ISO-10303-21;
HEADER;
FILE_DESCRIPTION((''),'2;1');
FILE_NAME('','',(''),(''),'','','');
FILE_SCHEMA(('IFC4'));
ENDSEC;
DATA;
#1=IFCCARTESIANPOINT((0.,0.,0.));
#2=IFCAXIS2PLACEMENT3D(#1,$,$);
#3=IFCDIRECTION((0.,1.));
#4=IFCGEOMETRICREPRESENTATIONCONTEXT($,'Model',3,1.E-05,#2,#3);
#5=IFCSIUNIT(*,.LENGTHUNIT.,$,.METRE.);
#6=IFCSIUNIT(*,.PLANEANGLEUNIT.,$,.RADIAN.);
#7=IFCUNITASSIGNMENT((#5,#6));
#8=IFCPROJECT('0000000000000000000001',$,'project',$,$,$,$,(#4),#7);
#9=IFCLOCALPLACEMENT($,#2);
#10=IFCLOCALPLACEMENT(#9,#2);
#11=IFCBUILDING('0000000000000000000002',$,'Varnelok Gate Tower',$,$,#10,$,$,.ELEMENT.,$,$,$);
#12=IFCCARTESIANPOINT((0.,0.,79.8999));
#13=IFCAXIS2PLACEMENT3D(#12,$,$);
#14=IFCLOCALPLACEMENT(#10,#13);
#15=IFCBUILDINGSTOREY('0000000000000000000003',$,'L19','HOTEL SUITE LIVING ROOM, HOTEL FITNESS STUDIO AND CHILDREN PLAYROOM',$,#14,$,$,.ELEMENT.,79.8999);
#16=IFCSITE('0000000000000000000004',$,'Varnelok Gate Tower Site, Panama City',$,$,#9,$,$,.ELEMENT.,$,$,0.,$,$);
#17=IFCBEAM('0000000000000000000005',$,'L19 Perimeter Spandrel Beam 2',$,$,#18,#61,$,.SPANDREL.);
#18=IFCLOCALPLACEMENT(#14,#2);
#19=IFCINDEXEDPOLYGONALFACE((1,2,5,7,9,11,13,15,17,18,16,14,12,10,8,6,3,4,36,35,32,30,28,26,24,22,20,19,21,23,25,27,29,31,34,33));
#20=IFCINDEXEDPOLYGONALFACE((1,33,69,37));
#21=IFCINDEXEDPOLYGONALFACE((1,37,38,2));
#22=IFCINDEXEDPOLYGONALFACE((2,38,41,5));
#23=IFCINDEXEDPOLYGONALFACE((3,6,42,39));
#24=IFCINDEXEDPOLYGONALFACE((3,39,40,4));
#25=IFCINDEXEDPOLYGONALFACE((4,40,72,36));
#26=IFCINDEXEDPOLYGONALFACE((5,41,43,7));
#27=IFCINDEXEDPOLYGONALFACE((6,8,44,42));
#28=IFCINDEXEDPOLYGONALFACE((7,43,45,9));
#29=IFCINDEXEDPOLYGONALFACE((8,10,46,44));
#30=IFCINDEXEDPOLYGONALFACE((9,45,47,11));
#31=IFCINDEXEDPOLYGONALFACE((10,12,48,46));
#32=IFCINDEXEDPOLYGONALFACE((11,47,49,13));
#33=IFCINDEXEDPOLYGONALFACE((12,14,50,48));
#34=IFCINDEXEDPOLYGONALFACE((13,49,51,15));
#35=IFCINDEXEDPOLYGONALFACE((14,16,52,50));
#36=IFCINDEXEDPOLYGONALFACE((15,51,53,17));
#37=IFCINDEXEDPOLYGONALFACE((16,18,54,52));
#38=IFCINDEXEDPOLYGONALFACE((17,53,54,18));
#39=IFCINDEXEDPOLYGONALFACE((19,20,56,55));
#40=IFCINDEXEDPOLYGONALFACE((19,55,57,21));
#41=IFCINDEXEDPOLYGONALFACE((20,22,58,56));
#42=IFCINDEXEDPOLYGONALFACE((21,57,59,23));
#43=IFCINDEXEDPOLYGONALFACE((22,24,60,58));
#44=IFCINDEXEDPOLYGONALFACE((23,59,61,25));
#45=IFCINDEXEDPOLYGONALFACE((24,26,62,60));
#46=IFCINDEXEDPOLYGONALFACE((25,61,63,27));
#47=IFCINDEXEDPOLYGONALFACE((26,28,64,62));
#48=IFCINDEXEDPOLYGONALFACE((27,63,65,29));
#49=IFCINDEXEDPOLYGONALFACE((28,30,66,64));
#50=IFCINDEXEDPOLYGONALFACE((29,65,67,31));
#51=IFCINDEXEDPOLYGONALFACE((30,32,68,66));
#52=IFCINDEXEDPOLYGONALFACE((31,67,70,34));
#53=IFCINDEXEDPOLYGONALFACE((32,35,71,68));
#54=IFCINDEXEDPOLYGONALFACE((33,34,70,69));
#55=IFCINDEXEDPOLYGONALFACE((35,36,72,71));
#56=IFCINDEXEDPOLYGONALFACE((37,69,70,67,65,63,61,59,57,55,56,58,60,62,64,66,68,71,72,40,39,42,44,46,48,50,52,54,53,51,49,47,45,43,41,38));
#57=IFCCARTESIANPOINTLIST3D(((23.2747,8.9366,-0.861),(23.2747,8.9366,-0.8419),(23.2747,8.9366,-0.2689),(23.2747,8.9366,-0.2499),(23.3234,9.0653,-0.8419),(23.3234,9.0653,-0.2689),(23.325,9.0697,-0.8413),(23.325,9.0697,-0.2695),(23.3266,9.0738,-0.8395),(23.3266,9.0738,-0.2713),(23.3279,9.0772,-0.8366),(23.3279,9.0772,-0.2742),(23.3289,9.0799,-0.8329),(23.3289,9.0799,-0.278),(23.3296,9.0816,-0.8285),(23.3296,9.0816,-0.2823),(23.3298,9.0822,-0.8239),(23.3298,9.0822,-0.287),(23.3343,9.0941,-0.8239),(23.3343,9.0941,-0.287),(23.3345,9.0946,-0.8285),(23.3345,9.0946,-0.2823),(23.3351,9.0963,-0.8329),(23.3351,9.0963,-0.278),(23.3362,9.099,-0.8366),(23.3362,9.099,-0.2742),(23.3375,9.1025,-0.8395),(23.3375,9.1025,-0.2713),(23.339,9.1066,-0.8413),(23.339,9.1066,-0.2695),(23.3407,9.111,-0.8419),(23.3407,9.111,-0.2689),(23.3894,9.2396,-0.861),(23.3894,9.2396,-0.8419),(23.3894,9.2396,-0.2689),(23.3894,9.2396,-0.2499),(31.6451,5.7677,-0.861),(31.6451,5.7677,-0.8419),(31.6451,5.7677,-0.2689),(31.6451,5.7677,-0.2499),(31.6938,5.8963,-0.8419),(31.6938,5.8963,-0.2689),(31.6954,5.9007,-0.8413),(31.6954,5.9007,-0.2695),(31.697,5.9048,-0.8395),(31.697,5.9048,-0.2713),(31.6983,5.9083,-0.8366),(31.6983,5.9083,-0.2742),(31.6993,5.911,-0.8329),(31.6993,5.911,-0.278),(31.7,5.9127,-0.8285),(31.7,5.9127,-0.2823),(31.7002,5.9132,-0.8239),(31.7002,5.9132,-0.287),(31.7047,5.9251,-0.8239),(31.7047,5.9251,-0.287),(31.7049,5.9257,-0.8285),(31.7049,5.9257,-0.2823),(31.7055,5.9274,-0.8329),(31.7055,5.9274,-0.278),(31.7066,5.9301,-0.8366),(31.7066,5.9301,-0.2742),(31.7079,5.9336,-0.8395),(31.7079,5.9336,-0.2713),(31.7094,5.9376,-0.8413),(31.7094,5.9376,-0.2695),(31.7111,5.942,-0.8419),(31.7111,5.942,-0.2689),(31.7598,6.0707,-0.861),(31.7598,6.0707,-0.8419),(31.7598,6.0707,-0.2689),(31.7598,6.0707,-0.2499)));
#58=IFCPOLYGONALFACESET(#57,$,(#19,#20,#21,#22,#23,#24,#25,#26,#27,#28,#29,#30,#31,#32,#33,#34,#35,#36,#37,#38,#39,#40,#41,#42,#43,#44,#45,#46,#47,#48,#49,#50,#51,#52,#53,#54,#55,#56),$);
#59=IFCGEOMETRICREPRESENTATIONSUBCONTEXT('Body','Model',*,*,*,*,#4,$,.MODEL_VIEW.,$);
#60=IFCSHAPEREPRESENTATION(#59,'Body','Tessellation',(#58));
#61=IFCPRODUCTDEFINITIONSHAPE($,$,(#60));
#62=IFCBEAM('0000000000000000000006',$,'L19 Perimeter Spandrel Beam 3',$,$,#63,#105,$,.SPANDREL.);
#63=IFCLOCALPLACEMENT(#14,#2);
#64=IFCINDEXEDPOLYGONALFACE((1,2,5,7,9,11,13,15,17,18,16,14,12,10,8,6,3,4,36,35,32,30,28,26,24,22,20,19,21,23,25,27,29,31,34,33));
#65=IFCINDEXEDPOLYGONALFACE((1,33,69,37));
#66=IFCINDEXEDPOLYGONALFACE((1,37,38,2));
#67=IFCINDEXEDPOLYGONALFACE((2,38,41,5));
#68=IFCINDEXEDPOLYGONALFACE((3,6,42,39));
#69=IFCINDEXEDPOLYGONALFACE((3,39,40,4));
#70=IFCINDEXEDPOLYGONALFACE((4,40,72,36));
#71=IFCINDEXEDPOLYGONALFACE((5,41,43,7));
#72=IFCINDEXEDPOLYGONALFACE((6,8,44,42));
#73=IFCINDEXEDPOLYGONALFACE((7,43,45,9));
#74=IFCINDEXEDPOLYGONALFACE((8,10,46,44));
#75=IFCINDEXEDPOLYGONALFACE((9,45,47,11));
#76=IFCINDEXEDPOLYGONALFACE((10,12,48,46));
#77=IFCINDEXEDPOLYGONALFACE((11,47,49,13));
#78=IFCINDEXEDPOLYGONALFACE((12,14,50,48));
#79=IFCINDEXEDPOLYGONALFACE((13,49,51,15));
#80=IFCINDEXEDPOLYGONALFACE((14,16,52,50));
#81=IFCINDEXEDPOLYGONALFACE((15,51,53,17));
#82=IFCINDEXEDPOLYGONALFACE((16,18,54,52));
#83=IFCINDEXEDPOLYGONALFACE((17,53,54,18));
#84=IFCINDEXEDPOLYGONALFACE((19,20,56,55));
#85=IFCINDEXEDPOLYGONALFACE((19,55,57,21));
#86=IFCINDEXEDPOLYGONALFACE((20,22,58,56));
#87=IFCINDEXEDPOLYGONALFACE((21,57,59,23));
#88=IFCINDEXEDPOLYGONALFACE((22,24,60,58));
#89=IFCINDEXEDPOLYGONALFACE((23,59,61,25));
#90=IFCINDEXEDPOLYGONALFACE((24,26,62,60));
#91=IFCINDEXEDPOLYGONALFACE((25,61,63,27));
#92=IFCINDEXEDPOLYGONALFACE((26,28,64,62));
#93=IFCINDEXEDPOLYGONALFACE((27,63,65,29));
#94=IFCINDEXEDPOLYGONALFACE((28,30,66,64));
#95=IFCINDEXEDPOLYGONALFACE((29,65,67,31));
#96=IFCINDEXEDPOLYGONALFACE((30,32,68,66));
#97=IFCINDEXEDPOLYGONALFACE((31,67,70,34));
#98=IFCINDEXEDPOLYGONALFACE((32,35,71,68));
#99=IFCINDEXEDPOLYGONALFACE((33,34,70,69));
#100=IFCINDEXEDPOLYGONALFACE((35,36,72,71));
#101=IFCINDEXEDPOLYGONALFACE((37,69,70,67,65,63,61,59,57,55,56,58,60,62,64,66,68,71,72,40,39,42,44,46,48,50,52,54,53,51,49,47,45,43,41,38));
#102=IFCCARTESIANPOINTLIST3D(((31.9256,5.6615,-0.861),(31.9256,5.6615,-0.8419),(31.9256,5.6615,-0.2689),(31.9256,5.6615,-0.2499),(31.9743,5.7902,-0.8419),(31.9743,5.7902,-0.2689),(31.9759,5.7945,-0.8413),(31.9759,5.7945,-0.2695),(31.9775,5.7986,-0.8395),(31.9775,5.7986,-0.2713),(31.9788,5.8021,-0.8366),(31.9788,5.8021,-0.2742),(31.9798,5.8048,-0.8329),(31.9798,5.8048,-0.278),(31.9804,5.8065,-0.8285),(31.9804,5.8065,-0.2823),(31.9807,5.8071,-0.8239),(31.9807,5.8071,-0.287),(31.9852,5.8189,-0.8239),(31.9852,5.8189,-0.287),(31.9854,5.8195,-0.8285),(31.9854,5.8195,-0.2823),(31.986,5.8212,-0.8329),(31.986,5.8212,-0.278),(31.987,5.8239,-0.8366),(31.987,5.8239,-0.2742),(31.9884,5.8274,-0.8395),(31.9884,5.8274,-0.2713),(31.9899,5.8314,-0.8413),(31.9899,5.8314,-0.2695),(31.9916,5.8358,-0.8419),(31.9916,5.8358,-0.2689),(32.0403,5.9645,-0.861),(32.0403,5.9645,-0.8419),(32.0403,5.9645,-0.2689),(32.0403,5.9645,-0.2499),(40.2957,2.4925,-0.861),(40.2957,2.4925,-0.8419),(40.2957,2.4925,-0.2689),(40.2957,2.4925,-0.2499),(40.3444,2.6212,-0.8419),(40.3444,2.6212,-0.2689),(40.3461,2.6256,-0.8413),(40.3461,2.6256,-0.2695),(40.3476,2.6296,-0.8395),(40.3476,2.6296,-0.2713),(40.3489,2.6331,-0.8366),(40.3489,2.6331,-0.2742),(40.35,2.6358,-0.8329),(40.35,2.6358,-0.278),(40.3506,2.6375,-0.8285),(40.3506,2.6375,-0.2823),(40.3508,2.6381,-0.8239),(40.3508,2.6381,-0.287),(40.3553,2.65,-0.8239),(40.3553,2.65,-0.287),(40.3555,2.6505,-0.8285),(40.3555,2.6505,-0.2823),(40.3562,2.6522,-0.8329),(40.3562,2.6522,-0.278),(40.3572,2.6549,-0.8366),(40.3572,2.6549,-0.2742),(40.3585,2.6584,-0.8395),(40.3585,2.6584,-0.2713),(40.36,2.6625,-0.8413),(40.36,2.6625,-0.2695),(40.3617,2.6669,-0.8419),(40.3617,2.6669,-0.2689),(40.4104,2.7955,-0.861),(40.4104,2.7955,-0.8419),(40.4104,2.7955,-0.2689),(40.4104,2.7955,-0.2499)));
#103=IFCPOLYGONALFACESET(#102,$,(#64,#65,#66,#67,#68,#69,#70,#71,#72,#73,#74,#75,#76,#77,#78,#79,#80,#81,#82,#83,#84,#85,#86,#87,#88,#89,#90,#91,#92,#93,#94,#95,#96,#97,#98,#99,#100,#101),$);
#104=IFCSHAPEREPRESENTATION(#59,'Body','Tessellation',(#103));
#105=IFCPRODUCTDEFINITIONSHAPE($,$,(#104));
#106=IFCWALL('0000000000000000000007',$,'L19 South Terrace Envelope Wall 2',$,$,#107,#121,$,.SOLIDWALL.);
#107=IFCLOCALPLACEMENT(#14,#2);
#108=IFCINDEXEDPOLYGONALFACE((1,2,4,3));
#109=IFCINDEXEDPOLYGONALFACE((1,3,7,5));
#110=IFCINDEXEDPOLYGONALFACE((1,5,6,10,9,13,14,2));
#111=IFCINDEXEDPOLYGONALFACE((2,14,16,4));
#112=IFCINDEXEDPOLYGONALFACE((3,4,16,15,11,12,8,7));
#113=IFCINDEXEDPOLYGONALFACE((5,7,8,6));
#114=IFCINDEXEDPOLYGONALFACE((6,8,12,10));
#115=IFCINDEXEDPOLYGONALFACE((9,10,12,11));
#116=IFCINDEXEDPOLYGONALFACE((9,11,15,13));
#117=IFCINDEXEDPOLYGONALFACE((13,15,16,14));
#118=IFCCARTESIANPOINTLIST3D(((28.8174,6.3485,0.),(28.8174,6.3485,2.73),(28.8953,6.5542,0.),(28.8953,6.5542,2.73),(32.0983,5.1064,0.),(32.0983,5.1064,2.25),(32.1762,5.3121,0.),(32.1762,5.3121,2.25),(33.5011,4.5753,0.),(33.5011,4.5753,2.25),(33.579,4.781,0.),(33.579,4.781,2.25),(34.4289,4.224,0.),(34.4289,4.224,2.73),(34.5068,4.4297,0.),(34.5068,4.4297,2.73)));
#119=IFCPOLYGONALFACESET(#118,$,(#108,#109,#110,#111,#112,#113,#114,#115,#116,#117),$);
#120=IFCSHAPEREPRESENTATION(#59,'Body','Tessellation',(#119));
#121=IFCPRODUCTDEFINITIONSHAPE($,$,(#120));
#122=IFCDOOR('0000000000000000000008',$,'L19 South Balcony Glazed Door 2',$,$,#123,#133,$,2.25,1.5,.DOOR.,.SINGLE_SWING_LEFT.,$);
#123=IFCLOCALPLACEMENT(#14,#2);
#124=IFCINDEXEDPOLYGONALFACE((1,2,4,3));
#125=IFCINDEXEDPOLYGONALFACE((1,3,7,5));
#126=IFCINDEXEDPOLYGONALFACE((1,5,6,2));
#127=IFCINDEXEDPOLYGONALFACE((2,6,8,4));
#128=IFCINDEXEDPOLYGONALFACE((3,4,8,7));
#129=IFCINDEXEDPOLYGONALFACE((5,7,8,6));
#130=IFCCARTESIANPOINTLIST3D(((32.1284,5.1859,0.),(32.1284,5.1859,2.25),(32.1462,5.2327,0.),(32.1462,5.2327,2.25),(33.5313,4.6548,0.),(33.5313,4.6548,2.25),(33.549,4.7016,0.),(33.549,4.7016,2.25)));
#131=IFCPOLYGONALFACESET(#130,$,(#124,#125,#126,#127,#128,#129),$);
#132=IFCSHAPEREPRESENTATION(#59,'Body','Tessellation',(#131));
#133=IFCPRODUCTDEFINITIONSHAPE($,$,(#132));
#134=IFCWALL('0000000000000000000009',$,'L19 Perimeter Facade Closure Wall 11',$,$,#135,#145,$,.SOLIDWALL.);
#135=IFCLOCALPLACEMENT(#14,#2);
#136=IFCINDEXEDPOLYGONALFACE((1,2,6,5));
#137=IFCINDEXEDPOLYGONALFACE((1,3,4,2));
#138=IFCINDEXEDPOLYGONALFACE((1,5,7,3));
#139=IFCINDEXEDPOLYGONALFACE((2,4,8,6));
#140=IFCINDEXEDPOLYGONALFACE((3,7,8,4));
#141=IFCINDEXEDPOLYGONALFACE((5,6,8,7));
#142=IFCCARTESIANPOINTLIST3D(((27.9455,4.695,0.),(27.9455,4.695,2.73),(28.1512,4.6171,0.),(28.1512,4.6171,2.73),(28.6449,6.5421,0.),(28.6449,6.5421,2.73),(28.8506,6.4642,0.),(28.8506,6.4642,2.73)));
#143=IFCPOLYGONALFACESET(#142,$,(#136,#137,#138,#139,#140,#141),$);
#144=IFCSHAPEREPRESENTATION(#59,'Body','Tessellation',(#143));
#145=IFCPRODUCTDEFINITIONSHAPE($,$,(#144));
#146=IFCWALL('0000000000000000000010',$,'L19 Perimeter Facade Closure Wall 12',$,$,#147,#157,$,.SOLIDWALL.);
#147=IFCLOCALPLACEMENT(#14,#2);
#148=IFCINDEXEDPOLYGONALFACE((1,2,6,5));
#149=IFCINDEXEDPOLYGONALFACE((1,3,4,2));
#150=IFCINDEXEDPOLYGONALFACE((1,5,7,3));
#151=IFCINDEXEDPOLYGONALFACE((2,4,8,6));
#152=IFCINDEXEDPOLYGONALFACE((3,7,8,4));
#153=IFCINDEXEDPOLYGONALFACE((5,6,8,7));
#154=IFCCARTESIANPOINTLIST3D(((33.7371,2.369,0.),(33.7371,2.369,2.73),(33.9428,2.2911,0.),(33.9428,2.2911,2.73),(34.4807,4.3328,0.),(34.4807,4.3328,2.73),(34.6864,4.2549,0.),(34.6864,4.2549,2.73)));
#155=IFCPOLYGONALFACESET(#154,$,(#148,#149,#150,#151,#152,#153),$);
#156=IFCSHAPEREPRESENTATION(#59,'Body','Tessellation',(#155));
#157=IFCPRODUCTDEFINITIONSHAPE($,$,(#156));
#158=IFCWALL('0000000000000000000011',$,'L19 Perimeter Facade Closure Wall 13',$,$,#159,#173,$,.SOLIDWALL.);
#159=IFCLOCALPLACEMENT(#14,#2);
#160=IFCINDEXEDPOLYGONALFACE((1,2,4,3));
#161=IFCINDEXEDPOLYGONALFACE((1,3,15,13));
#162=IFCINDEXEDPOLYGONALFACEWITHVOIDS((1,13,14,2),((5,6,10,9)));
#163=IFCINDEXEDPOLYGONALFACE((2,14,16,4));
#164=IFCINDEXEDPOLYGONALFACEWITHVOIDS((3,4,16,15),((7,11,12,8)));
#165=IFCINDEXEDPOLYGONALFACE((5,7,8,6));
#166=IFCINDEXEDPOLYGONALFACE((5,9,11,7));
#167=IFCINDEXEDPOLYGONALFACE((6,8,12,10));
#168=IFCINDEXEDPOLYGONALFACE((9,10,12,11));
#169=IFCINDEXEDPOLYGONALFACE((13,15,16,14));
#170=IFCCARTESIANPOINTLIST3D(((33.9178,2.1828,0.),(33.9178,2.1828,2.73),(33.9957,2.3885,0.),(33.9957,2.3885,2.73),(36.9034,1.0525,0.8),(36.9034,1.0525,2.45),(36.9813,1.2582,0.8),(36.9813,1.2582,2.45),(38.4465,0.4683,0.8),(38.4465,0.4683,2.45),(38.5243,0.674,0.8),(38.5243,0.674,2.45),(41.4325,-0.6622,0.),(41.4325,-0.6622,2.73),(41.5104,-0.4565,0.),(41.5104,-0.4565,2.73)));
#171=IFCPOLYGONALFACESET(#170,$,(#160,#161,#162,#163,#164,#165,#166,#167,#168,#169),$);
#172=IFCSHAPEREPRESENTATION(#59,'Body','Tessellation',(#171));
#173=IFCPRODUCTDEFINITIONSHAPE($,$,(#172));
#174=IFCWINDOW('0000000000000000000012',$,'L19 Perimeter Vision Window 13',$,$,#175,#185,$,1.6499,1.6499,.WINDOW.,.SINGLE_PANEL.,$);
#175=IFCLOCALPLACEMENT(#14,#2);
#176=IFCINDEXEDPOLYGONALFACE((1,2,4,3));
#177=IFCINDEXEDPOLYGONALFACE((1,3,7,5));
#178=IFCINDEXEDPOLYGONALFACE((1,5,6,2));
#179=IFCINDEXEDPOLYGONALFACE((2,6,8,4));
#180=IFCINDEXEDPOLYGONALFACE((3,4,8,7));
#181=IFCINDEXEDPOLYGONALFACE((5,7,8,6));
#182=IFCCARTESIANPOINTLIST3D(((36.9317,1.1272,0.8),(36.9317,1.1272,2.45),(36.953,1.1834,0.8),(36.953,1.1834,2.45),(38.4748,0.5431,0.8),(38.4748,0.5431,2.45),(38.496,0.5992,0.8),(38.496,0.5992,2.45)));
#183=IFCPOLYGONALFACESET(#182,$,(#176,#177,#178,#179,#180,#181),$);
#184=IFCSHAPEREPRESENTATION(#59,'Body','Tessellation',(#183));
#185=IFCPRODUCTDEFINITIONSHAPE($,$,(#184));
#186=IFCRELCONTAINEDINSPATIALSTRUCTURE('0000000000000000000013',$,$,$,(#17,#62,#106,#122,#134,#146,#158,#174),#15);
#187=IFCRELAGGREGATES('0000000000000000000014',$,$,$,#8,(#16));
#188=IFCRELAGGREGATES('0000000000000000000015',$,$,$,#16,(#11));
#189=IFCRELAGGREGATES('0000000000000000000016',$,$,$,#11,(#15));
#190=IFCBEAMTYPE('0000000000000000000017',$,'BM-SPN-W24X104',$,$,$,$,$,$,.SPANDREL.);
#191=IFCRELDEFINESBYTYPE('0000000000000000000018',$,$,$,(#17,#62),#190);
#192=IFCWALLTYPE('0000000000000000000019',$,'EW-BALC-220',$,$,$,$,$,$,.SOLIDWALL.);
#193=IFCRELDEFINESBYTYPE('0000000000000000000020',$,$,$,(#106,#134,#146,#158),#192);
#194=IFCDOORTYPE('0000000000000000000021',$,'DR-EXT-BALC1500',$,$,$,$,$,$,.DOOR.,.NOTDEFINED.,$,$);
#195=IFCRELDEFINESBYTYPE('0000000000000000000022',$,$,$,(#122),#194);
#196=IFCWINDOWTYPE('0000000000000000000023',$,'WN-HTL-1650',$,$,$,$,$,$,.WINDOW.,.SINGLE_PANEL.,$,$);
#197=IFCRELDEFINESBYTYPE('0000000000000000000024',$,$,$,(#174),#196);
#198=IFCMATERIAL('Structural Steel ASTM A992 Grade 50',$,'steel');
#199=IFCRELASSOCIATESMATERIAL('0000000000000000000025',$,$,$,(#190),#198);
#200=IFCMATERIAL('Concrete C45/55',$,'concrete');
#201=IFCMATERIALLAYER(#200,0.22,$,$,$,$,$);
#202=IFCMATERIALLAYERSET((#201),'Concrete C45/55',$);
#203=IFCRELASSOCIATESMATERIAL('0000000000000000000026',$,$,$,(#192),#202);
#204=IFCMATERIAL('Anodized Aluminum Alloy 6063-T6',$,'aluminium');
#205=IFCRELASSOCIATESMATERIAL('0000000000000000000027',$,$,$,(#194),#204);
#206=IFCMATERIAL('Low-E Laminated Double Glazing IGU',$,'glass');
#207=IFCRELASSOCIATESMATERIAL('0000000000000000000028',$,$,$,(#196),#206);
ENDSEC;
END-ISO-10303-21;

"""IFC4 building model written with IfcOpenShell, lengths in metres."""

from ifc_helpers import new_model, si_unit, direction, frame, frame_2d, origin, origin_2d, place, context, subcontext, project, spatial, rectangle, i_section, extrude, material, layer, layer_set, material_profile, profile_set, type_object, element, fill, save


model = new_model("IFC4")

# Units and contexts
model_context = context("Model", 3, precision=1e-05, world=origin(), true_north=direction((0.0, 1.0)))
body_context = subcontext(model_context, "Body", "Model", "MODEL_VIEW")
ifc_project = project(units=[si_unit("LENGTHUNIT", "METRE"), si_unit("PLANEANGLEUNIT", "RADIAN")], contexts=[model_context])

# Site, building, storey
site_placement = place(None, origin())
site = spatial("IfcSite", under=ifc_project, at=site_placement, Name="Varnelok Gate Tower Site, Panama City", CompositionType="ELEMENT", RefElevation=0.0)
building_placement = place(site_placement, origin())
building = spatial("IfcBuilding", under=site, at=building_placement, Name="Varnelok Gate Tower", CompositionType="ELEMENT")
storey_placement = place(building_placement, frame((0.0, 0.0, 79.8999)))
storey = spatial("IfcBuildingStorey", under=building, at=storey_placement, Name="L19", Description="HOTEL SUITE LIVING ROOM, HOTEL FITNESS STUDIO AND CHILDREN PLAYROOM", CompositionType="ELEMENT", Elevation=79.8999)

# Shared definitions
ifc_material_1 = material(Name="Structural Steel ASTM A992 Grade 50", Category="steel")

# Beams
ifc_material_profile_1 = material_profile(ifc_material_1, i_section(OverallWidth=0.324, OverallDepth=0.6111, WebThickness=0.0127, FlangeThickness=0.019, FilletRadius=0.0181, at=origin_2d()), Name="W24X104")
ifc_profile_set_1 = profile_set([ifc_material_profile_1], Name="Structural Steel ASTM A992 Grade 50")
beam_type_1 = type_object("IfcBeamType", Name="BM-SPN-W24X104", PredefinedType="SPANDREL", material=ifc_profile_set_1)
beam_1_placement = place(storey_placement, frame((23.332, 9.0881, -0.5554), z_axis=(0.93522, -0.354066, 0.0), x_axis=(0.354066, 0.93522, 0.0)))
element("IfcBeam", 1, at=beam_1_placement, inside=storey, type_object=beam_type_1, Name="L19 Perimeter Spandrel Beam 2", PredefinedType="SPANDREL", context=body_context, shape_type="SweptSolid", body=[
    extrude(i_section(OverallWidth=0.324, OverallDepth=0.6111, WebThickness=0.0127, FlangeThickness=0.019, FilletRadius=0.0181, at=origin_2d()), origin(), (0.0, 0.0, 1.0), 8.9502),
])
beam_2_placement = place(storey_placement, frame((31.9829, 5.813, -0.5554), z_axis=(0.935217, -0.354075, 0.0), x_axis=(0.354075, 0.935217, 0.0)))
element("IfcBeam", 2, at=beam_2_placement, inside=storey, type_object=beam_type_1, Name="L19 Perimeter Spandrel Beam 3", PredefinedType="SPANDREL", context=body_context, shape_type="SweptSolid", body=[
    extrude(i_section(OverallWidth=0.324, OverallDepth=0.6111, WebThickness=0.0127, FlangeThickness=0.019, FilletRadius=0.0181, at=origin_2d()), origin(), (0.0, 0.0, 1.0), 8.95),
])

# Wall, opening, door
ifc_material_2 = material(Name="Concrete C45/55", Category="concrete")
ifc_layer_1 = layer(ifc_material_2, 0.22)
ifc_layer_set_1 = layer_set([ifc_layer_1], Name="Concrete C45/55")
wall_type_1 = type_object("IfcWallType", Name="EW-BALC-220", PredefinedType="SOLIDWALL", material=ifc_layer_set_1)
wall_1_placement = place(storey_placement, frame((34.4678, 4.3269, 0.0), z_axis=(0.0, 0.0, 1.0), x_axis=(-0.935219, 0.354069, 0.0)))
wall_1 = element("IfcWall", 3, at=wall_1_placement, inside=storey, type_object=wall_type_1, Name="L19 South Terrace Envelope Wall 2", PredefinedType="SOLIDWALL", context=body_context, shape_type="SweptSolid", body=[
    extrude(rectangle(XDim=6.0002, YDim=0.22, at=frame_2d((3.0, 0.0))), origin(), (0.0, 0.0, 1.0), 2.73),
])
opening_1_placement = place(wall_1_placement, frame((0.9919, 0.0, 0.0)))
opening_1 = element("IfcOpeningElement", 4, at=opening_1_placement, cuts=wall_1, PredefinedType="OPENING", context=body_context, shape_type="SweptSolid", body=[
    extrude(rectangle(XDim=1.5, YDim=2.25, at=frame_2d((0.75, 1.125))), frame((0.0, 0.1199, 0.0), z_axis=(0.0, -1.0, 0.0), x_axis=(1.0, 0.0, 0.0)), (0.0, 0.0, 1.0), 0.24),
])
ifc_material_3 = material(Name="Anodized Aluminum Alloy 6063-T6", Category="aluminium")
door_type_1 = type_object("IfcDoorType", Name="DR-EXT-BALC1500", OperationType="NOTDEFINED", PredefinedType="DOOR", material=ifc_material_3)
door_1_placement = place(opening_1_placement, origin())
door_1 = element("IfcDoor", 5, at=door_1_placement, inside=storey, type_object=door_type_1, Name="L19 South Balcony Glazed Door 2", OperationType="SINGLE_SWING_LEFT", OverallHeight=2.25, OverallWidth=1.5, PredefinedType="DOOR", context=body_context, shape_type="SweptSolid", body=[
    extrude(rectangle(XDim=1.5, YDim=2.25, at=frame_2d((0.75, 1.125))), frame((0.0, 0.0249, 0.0), z_axis=(0.0, -1.0, 0.0), x_axis=(1.0, 0.0, 0.0)), (0.0, 0.0, 1.0), 0.05),
])
fill(opening_1, door_1)

# Walls
wall_2_placement = place(storey_placement, frame((28.0483, 4.656, 0.0), z_axis=(0.0, 0.0, 1.0), x_axis=(0.354129, 0.935197, 0.0)))
element("IfcWall", 6, at=wall_2_placement, inside=storey, type_object=wall_type_1, Name="L19 Perimeter Facade Closure Wall 11", PredefinedType="SOLIDWALL", context=body_context, shape_type="SweptSolid", body=[
    extrude(rectangle(XDim=1.9751, YDim=0.22, at=frame_2d((0.9875, 0.0))), origin(), (0.0, 0.0, 1.0), 2.73),
])
wall_3_placement = place(storey_placement, frame((34.5835, 4.2937, 0.0), z_axis=(0.0, 0.0, 1.0), x_axis=(-0.354128, -0.935197, 0.0)))
element("IfcWall", 7, at=wall_3_placement, inside=storey, type_object=wall_type_1, Name="L19 Perimeter Facade Closure Wall 12", PredefinedType="SOLIDWALL", context=body_context, shape_type="SweptSolid", body=[
    extrude(rectangle(XDim=2.0999, YDim=0.22, at=frame_2d((1.0498, 0.0))), origin(), (0.0, 0.0, 1.0), 2.73),
])

# Wall, opening, window
wall_4_placement = place(storey_placement, frame((33.9568, 2.2856, 0.0), z_axis=(0.0, 0.0, 1.0), x_axis=(0.935221, -0.354065, 0.0)))
wall_4 = element("IfcWall", 8, at=wall_4_placement, inside=storey, type_object=wall_type_1, Name="L19 Perimeter Facade Closure Wall 13", PredefinedType="SOLIDWALL", context=body_context, shape_type="SweptSolid", body=[
    extrude(rectangle(XDim=8.0352, YDim=0.22, at=frame_2d((4.0176, 0.0))), origin(), (0.0, 0.0, 1.0), 2.73),
])
opening_2_placement = place(wall_4_placement, frame((3.1924, 0.0, 0.8)))
opening_2 = element("IfcOpeningElement", 9, at=opening_2_placement, cuts=wall_4, PredefinedType="OPENING", context=body_context, shape_type="SweptSolid", body=[
    extrude(rectangle(XDim=1.6499, YDim=1.6499, at=frame_2d((0.825, 0.825))), frame((0.0, 0.1199, 0.0), z_axis=(0.0, -1.0, 0.0), x_axis=(1.0, 0.0, 0.0)), (0.0, 0.0, 1.0), 0.24),
])
ifc_material_4 = material(Name="Low-E Laminated Double Glazing IGU", Category="glass")
window_type = type_object("IfcWindowType", Name="WN-HTL-1650", PartitioningType="SINGLE_PANEL", PredefinedType="WINDOW", material=ifc_material_4)
window_placement = place(opening_2_placement, origin())
window = element("IfcWindow", 10, at=window_placement, inside=storey, type_object=window_type, Name="L19 Perimeter Vision Window 13", OverallHeight=1.6499, OverallWidth=1.6499, PartitioningType="SINGLE_PANEL", PredefinedType="WINDOW", context=body_context, shape_type="SweptSolid", body=[
    extrude(rectangle(XDim=1.6499, YDim=1.6499, at=frame_2d((0.825, 0.825))), frame((0.0, 0.03, 0.0), z_axis=(0.0, -1.0, 0.0), x_axis=(1.0, 0.0, 0.0)), (0.0, 0.0, 1.0), 0.0601),
])
fill(opening_2, window)

save(model, "model.ifc")
